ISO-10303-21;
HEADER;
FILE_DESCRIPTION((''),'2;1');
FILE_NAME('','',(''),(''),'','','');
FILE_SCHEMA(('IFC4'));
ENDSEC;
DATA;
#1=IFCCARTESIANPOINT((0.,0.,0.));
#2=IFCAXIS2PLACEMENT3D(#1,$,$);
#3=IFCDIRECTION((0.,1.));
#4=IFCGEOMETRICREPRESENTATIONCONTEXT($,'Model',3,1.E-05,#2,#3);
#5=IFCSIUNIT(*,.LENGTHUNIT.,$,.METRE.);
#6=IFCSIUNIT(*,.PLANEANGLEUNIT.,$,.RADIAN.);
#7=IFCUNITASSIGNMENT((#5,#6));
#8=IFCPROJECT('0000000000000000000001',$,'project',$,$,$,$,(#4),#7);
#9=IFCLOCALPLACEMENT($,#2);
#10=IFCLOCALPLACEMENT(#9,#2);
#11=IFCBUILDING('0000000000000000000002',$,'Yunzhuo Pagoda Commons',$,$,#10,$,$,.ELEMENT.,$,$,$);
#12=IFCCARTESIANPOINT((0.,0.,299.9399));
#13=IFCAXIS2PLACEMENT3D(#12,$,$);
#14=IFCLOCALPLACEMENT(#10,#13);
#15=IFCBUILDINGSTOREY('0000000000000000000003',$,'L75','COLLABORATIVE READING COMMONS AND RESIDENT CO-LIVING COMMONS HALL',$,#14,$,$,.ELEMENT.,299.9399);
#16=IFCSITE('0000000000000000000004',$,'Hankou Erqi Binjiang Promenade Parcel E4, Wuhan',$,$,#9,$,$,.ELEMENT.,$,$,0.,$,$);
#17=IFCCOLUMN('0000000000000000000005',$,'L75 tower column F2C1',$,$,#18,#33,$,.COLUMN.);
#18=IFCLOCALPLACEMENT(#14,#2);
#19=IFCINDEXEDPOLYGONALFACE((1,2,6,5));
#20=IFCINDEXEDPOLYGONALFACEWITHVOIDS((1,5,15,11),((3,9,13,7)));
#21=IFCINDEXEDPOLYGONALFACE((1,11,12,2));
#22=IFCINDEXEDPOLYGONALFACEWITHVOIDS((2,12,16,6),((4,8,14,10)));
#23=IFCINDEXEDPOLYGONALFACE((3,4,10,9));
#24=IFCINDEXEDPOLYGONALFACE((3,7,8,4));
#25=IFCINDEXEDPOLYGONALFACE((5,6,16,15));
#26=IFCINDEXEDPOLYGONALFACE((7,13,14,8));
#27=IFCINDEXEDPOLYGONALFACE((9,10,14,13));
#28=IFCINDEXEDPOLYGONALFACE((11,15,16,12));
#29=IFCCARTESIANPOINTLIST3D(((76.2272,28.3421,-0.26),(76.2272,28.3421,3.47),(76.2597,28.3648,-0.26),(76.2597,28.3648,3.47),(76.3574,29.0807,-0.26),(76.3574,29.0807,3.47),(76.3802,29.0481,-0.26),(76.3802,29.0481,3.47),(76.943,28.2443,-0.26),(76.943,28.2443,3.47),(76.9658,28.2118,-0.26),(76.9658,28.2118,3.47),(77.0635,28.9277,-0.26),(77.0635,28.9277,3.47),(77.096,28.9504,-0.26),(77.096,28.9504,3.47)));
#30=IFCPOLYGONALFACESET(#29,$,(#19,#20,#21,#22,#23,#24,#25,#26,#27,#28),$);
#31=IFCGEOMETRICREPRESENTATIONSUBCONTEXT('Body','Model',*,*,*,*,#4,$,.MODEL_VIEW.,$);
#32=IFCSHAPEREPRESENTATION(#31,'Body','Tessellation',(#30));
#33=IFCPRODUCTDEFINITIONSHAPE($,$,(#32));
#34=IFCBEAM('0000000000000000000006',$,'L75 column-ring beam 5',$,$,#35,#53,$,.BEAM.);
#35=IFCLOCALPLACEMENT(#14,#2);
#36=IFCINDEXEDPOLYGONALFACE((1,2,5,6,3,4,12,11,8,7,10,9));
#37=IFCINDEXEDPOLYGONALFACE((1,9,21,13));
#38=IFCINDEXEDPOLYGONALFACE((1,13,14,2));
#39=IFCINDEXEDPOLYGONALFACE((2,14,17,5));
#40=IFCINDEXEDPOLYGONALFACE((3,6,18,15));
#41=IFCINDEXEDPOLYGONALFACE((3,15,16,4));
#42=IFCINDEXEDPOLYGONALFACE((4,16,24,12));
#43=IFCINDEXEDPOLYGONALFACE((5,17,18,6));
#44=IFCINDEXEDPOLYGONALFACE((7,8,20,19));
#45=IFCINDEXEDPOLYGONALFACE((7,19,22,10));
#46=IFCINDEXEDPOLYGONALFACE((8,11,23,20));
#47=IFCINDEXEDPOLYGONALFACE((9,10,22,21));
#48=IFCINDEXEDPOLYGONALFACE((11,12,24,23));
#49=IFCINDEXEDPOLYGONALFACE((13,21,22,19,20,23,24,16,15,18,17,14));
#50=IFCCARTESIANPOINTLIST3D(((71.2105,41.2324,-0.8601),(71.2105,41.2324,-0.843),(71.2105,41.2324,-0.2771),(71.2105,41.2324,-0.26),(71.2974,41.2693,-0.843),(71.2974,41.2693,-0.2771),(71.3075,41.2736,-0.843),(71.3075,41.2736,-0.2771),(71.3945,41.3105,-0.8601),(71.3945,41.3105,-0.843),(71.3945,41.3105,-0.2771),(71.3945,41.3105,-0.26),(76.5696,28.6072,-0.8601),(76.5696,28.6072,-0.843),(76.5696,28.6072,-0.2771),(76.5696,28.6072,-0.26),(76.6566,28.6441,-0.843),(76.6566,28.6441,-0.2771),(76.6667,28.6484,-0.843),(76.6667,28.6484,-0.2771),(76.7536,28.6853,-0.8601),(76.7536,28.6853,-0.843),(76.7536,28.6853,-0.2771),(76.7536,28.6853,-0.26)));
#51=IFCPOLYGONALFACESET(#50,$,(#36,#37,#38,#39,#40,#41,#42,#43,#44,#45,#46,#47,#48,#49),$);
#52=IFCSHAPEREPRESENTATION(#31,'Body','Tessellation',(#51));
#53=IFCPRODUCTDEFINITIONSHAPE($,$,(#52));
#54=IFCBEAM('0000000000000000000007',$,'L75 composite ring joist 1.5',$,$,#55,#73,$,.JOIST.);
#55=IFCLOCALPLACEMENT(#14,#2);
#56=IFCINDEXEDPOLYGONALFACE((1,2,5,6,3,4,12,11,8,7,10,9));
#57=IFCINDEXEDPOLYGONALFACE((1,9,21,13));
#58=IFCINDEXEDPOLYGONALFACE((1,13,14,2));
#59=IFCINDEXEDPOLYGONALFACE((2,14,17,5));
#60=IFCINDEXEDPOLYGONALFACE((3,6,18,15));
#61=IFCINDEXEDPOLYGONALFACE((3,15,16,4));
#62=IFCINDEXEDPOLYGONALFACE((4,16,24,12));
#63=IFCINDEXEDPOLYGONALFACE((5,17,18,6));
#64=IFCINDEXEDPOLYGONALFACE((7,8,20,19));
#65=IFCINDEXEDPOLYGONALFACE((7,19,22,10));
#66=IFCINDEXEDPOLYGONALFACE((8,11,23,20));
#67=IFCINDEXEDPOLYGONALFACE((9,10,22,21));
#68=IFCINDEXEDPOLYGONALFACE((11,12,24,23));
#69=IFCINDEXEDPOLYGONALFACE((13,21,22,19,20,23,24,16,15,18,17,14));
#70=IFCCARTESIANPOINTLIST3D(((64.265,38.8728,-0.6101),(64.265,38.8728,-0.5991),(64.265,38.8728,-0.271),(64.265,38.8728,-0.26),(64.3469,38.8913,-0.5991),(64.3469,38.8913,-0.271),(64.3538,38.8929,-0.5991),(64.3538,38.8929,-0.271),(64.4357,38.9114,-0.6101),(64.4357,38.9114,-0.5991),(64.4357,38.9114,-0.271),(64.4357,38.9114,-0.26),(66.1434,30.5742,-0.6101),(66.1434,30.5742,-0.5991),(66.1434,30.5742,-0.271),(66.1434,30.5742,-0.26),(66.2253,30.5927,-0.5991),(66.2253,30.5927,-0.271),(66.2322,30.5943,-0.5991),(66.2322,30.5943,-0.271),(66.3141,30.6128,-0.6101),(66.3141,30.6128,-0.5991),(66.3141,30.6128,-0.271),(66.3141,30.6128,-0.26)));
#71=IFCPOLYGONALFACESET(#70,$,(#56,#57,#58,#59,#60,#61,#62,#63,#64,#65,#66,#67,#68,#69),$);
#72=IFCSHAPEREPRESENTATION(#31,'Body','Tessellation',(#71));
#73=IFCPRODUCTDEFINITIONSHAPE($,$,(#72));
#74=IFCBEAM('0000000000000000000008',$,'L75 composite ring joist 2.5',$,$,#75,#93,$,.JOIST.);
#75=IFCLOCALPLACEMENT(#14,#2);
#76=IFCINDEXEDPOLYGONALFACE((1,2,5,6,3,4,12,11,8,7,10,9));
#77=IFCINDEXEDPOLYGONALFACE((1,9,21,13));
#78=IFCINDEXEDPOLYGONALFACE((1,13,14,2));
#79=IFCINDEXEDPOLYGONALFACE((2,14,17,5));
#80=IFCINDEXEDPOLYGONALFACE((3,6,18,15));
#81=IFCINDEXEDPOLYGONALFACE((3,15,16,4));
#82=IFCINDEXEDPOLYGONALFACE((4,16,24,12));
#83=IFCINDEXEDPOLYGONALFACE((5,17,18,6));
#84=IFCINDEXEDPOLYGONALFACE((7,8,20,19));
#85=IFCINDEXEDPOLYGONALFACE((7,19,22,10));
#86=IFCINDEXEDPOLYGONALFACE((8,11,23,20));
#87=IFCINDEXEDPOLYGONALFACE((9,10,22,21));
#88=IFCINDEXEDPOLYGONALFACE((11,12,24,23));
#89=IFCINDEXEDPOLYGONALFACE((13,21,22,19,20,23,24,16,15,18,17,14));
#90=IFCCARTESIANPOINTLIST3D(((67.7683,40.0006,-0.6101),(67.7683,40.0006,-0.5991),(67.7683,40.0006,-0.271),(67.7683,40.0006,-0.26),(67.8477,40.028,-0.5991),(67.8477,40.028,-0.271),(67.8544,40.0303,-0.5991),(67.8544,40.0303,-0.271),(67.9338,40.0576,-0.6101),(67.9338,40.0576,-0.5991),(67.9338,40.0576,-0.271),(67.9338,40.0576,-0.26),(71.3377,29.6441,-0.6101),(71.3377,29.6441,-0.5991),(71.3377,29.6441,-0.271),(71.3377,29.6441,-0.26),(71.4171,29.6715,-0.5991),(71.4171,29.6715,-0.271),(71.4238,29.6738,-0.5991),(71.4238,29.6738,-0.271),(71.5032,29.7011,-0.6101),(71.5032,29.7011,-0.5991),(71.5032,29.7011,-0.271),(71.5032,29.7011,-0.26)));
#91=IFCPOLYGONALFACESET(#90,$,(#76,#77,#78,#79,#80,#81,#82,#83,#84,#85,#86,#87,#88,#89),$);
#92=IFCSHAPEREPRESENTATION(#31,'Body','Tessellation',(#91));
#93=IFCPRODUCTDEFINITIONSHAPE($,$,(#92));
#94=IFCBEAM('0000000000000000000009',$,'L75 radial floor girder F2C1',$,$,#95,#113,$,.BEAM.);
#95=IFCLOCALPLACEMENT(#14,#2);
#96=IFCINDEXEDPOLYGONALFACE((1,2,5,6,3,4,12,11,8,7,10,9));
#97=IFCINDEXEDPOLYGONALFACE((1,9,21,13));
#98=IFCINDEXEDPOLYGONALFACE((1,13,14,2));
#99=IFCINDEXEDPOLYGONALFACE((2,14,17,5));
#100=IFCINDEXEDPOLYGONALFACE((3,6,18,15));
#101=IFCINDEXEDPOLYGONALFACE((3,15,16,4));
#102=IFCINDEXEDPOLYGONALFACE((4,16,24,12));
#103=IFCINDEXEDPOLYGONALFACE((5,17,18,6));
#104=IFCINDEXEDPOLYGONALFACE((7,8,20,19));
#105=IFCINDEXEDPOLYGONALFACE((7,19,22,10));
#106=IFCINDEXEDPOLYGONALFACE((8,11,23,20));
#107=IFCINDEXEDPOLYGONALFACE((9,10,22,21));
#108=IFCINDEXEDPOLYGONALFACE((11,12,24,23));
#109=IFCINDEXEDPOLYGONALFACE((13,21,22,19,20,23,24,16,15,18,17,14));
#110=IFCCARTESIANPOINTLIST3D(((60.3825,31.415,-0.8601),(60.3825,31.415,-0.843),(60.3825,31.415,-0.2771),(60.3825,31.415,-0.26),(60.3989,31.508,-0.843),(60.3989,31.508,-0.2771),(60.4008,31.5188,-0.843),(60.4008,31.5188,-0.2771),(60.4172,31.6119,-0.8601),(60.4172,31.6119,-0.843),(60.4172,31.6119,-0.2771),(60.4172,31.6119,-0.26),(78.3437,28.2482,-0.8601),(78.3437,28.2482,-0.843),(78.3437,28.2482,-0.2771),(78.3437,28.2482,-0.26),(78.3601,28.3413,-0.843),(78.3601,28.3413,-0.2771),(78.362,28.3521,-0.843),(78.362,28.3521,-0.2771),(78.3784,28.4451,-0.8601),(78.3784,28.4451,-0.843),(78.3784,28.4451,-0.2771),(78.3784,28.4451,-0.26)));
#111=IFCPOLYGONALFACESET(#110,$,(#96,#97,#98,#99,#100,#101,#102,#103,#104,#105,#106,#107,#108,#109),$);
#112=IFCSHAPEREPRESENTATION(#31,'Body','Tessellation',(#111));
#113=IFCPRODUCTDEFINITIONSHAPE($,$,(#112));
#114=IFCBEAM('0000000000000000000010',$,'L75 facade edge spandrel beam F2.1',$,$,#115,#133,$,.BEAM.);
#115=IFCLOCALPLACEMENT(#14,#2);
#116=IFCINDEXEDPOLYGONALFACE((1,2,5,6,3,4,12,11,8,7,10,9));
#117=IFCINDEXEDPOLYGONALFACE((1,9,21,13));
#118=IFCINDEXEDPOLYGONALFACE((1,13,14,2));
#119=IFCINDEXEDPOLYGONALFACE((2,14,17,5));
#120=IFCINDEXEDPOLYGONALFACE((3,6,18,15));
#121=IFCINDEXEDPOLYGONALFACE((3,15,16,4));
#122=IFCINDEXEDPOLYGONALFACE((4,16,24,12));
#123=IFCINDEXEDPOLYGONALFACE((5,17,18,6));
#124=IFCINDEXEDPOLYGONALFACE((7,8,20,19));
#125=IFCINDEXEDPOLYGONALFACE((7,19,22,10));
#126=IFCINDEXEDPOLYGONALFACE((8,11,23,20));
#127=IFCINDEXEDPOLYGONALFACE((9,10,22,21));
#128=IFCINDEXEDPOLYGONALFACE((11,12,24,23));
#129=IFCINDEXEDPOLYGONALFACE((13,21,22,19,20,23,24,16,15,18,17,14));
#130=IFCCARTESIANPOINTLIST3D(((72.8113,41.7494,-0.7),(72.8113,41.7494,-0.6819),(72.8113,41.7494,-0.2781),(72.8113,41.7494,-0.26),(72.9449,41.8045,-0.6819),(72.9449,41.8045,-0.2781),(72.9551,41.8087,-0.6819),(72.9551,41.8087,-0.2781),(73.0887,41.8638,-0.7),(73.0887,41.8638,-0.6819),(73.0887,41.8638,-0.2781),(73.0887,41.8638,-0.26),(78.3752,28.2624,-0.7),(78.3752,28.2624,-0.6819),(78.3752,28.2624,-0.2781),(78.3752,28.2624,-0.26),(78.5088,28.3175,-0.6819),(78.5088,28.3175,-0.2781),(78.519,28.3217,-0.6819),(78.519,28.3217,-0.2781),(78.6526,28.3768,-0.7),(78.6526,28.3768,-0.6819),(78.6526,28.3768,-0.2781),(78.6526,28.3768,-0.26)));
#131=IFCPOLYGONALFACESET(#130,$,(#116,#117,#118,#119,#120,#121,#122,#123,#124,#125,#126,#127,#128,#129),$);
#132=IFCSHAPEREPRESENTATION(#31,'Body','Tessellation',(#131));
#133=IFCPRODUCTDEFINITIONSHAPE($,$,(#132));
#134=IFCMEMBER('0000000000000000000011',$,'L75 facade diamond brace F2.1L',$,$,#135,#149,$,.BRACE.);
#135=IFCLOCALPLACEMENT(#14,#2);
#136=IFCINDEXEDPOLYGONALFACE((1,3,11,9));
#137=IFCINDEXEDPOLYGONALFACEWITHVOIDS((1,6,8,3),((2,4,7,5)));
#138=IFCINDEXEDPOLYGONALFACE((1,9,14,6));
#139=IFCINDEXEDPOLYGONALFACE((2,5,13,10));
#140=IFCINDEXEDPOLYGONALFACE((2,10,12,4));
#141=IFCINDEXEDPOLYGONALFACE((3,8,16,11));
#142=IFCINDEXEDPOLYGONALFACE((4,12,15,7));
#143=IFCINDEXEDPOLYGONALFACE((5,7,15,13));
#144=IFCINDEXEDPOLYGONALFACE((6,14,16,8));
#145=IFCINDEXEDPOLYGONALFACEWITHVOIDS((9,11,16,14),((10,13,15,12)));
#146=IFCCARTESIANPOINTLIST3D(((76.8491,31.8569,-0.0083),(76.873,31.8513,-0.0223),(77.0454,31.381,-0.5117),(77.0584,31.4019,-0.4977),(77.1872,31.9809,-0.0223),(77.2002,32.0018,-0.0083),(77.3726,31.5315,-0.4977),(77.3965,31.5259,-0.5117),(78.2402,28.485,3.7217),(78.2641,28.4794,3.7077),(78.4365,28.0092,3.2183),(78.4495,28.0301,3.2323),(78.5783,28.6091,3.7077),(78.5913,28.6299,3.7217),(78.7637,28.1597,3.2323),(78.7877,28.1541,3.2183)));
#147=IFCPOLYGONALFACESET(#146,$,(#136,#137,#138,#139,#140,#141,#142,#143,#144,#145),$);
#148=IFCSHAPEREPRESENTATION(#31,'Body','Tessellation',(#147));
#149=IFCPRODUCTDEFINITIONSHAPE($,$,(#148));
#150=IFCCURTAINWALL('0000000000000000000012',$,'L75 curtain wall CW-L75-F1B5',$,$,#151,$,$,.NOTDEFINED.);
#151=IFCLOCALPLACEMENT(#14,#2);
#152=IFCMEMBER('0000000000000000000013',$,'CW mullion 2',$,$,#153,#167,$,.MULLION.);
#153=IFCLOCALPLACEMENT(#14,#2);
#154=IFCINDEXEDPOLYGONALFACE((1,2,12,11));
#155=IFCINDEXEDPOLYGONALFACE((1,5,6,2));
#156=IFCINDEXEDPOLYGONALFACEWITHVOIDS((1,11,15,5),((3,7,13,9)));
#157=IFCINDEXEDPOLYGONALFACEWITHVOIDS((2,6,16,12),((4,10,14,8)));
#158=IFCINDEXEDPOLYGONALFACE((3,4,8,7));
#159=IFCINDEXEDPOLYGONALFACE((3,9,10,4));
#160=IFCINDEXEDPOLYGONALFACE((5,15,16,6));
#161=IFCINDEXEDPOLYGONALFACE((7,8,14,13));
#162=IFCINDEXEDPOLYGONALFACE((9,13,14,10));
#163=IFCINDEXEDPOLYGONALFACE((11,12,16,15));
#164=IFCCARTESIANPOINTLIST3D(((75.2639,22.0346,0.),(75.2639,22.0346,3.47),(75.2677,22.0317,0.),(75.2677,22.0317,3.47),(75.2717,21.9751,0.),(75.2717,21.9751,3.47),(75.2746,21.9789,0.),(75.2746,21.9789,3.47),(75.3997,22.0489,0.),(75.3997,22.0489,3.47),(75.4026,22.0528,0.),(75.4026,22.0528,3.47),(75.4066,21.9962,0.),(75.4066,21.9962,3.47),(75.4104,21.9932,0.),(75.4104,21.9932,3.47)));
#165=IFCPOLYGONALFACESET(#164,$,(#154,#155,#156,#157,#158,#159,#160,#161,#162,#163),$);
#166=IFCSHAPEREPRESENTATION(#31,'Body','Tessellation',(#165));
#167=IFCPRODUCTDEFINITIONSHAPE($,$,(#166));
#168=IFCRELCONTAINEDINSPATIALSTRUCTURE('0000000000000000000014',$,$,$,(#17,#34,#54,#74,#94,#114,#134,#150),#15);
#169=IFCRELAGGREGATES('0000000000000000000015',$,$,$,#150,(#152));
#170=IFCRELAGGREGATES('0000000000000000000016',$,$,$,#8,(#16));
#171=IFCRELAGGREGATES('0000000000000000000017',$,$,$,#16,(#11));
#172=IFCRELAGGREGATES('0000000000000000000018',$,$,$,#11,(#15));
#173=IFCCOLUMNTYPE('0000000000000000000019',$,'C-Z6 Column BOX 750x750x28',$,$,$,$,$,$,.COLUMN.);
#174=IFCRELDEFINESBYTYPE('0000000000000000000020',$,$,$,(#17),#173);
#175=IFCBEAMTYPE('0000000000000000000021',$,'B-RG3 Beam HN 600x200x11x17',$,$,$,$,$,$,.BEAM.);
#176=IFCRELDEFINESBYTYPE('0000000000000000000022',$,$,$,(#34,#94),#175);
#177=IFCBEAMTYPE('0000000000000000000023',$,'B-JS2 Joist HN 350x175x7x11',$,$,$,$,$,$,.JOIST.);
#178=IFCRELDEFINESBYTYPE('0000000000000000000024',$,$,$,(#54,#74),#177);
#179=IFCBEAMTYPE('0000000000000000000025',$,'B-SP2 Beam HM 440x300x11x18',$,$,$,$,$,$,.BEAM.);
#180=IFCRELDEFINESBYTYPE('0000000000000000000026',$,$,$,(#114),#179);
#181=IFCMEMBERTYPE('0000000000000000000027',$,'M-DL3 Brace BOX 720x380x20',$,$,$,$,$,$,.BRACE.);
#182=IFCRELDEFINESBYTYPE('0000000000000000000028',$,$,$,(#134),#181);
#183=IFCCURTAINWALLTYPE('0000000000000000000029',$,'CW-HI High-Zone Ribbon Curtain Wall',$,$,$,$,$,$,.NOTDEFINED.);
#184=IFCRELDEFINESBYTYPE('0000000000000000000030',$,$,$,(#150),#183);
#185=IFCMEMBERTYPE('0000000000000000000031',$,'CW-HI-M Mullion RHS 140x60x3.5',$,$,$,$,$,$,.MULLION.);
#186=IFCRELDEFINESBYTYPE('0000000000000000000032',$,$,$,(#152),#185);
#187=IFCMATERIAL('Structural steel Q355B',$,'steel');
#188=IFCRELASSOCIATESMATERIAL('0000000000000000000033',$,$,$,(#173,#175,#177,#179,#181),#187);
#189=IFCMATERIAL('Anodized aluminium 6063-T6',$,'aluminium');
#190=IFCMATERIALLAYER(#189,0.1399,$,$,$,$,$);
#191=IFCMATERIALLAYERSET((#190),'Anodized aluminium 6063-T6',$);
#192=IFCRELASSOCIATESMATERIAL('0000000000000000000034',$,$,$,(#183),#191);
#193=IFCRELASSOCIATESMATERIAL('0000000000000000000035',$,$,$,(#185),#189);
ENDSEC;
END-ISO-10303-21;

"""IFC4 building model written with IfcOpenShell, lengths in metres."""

from ifc_helpers import new_model, si_unit, direction, frame, origin, origin_2d, place, context, subcontext, project, spatial, hollow_rectangle, i_section, extrude, source, transform, mapped, material, layer, layer_set, material_profile, profile_set, type_object, element, aggregate, save


model = new_model("IFC4")

# Units and contexts
model_context = context("Model", 3, precision=1e-05, world=origin(), true_north=direction((0.0, 1.0)))
body_context = subcontext(model_context, "Body", "Model", "MODEL_VIEW")
ifc_project = project(units=[si_unit("LENGTHUNIT", "METRE"), si_unit("PLANEANGLEUNIT", "RADIAN")], contexts=[model_context])

# Site, building, storey
site_placement = place(None, origin())
site = spatial("IfcSite", under=ifc_project, at=site_placement, Name="Hankou Erqi Binjiang Promenade Parcel E4, Wuhan", CompositionType="ELEMENT", RefElevation=0.0)
building_placement = place(site_placement, origin())
building = spatial("IfcBuilding", under=site, at=building_placement, Name="Yunzhuo Pagoda Commons", CompositionType="ELEMENT")
storey_placement = place(building_placement, frame((0.0, 0.0, 299.9399)))
storey = spatial("IfcBuildingStorey", under=building, at=storey_placement, Name="L75", Description="COLLABORATIVE READING COMMONS AND RESIDENT CO-LIVING COMMONS HALL", CompositionType="ELEMENT", Elevation=299.9399)

# Column
ifc_material_1 = material(Name="Structural steel Q355B", Category="steel")
ifc_material_profile_1 = material_profile(ifc_material_1, hollow_rectangle(XDim=0.75, YDim=0.75, WallThickness=0.0281, at=origin_2d()), Name="Structural steel Q355B")
ifc_profile_set_1 = profile_set([ifc_material_profile_1], Name="Structural steel Q355B")
column_type = type_object("IfcColumnType", Name="C-Z6 Column BOX 750x750x28", PredefinedType="COLUMN", material=ifc_profile_set_1)
shared_shape_1 = source(origin(), body_context, "Body", "SweptSolid", [
    extrude(hollow_rectangle(XDim=0.75, YDim=0.75, WallThickness=0.0281, at=origin_2d()), origin(), (0.0, 0.0, 1.0), 3.73),
])
column_placement = place(storey_placement, frame((76.6616, 28.6462, -0.26), z_axis=(0.0, 0.0, 1.0), x_axis=(0.173648, 0.984808, 0.0)))
element("IfcColumn", 1, at=column_placement, inside=storey, type_object=column_type, Name="L75 tower column F2C1", PredefinedType="COLUMN", context=body_context, shape_type="MappedRepresentation", body=[
    mapped(shared_shape_1, transform((0.0, 0.0, 0.0), scale=1.0)),
])

# Beams
ifc_material_profile_2 = material_profile(ifc_material_1, i_section(OverallWidth=0.2, OverallDepth=0.6001, WebThickness=0.011, FlangeThickness=0.0171, at=origin_2d()), Name="Structural steel Q355B")
ifc_profile_set_2 = profile_set([ifc_material_profile_2], Name="Structural steel Q355B")
beam_type_1 = type_object("IfcBeamType", Name="B-RG3 Beam HN 600x200x11x17", PredefinedType="BEAM", material=ifc_profile_set_2)
shared_shape_2 = source(origin(), body_context, "Body", "SweptSolid", [
    extrude(i_section(OverallWidth=0.2, OverallDepth=0.6001, WebThickness=0.011, FlangeThickness=0.0171, at=origin_2d()), origin(), (0.0, 0.0, 1.0), 13.7156),
])
beam_1_placement = place(storey_placement, frame((76.6616, 28.6462, -0.5601), z_axis=(-0.390733, 0.920504, 0.0), x_axis=(-0.920504, -0.390733, 0.0)))
element("IfcBeam", 2, at=beam_1_placement, inside=storey, type_object=beam_type_1, Name="L75 column-ring beam 5", PredefinedType="BEAM", context=body_context, shape_type="MappedRepresentation", body=[
    mapped(shared_shape_2, transform((0.0, 0.0, 0.0), scale=1.0)),
])
ifc_material_profile_3 = material_profile(ifc_material_1, i_section(OverallWidth=0.175, OverallDepth=0.3501, WebThickness=0.0071, FlangeThickness=0.011, at=origin_2d()), Name="Structural steel Q355B")
ifc_profile_set_3 = profile_set([ifc_material_profile_3], Name="Structural steel Q355B")
beam_type_2 = type_object("IfcBeamType", Name="B-JS2 Joist HN 350x175x7x11", PredefinedType="JOIST", material=ifc_profile_set_3)
shared_shape_3 = source(origin(), body_context, "Body", "SweptSolid", [
    extrude(i_section(OverallWidth=0.175, OverallDepth=0.3501, WebThickness=0.0071, FlangeThickness=0.011, at=origin_2d()), origin(), (0.0, 0.0, 1.0), 8.5085),
])
beam_2_placement = place(storey_placement, frame((66.2288, 30.5935, -0.4351), z_axis=(-0.220769, 0.975326, 0.0), x_axis=(-0.975326, -0.220769, 0.0)))
element("IfcBeam", 3, at=beam_2_placement, inside=storey, type_object=beam_type_2, Name="L75 composite ring joist 1.5", PredefinedType="JOIST", context=body_context, shape_type="MappedRepresentation", body=[
    mapped(shared_shape_3, transform((0.0, 0.0, 0.0), scale=1.0)),
])
shared_shape_4 = source(origin(), body_context, "Body", "SweptSolid", [
    extrude(i_section(OverallWidth=0.175, OverallDepth=0.3501, WebThickness=0.0071, FlangeThickness=0.011, at=origin_2d()), origin(), (0.0, 0.0, 1.0), 10.9543),
])
beam_3_placement = place(storey_placement, frame((71.4204, 29.6726, -0.4351), z_axis=(-0.32584, 0.945425, 0.0), x_axis=(-0.945425, -0.32584, 0.0)))
element("IfcBeam", 4, at=beam_3_placement, inside=storey, type_object=beam_type_2, Name="L75 composite ring joist 2.5", PredefinedType="JOIST", context=body_context, shape_type="MappedRepresentation", body=[
    mapped(shared_shape_4, transform((0.0, 0.0, 0.0), scale=1.0)),
])
shared_shape_5 = source(origin(), body_context, "Body", "SweptSolid", [
    extrude(i_section(OverallWidth=0.2, OverallDepth=0.6001, WebThickness=0.011, FlangeThickness=0.0171, at=origin_2d()), origin(), (0.0, 0.0, 1.0), 18.2383),
])
beam_4_placement = place(storey_placement, frame((78.3611, 28.3467, -0.5601), z_axis=(-0.98481, 0.173633, 0.0), x_axis=(-0.173633, -0.98481, 0.0)))
element("IfcBeam", 5, at=beam_4_placement, inside=storey, type_object=beam_type_1, Name="L75 radial floor girder F2C1", PredefinedType="BEAM", context=body_context, shape_type="MappedRepresentation", body=[
    mapped(shared_shape_5, transform((0.0, 0.0, 0.0), scale=1.0)),
])
ifc_material_profile_4 = material_profile(ifc_material_1, i_section(OverallWidth=0.3, OverallDepth=0.4399, WebThickness=0.011, FlangeThickness=0.0181, at=origin_2d()), Name="Structural steel Q355B")
ifc_profile_set_4 = profile_set([ifc_material_profile_4], Name="Structural steel Q355B")
beam_type_3 = type_object("IfcBeamType", Name="B-SP2 Beam HM 440x300x11x18", PredefinedType="BEAM", material=ifc_profile_set_4)
shared_shape_6 = source(origin(), body_context, "Body", "SweptSolid", [
    extrude(i_section(OverallWidth=0.3, OverallDepth=0.4399, WebThickness=0.011, FlangeThickness=0.0181, at=origin_2d()), origin(), (0.0, 0.0, 1.0), 14.5896),
])
beam_5_placement = place(storey_placement, frame((78.5139, 28.3196, -0.48), z_axis=(-0.381363, 0.924425, 0.0), x_axis=(-0.924425, -0.381363, 0.0)))
element("IfcBeam", 6, at=beam_5_placement, inside=storey, type_object=beam_type_3, Name="L75 facade edge spandrel beam F2.1", PredefinedType="BEAM", context=body_context, shape_type="MappedRepresentation", body=[
    mapped(shared_shape_6, transform((0.0, 0.0, 0.0), scale=1.0)),
])

# Member
ifc_material_profile_5 = material_profile(ifc_material_1, hollow_rectangle(XDim=0.3799, YDim=0.72, WallThickness=0.02, at=origin_2d()), Name="Structural steel Q355B")
ifc_profile_set_5 = profile_set([ifc_material_profile_5], Name="Structural steel Q355B")
member_type_1 = type_object("IfcMemberType", Name="M-DL3 Brace BOX 720x380x20", PredefinedType="BRACE", material=ifc_profile_set_5)
shared_shape_7 = source(origin(), body_context, "Body", "SweptSolid", [
    extrude(hollow_rectangle(XDim=0.3799, YDim=0.72, WallThickness=0.02, at=origin_2d()), origin(), (0.0, 0.0, 1.0), 5.217),
])
member_1_placement = place(storey_placement, frame((77.1228, 31.6914, -0.26), z_axis=(0.26665, -0.646314, 0.714966), x_axis=(0.924416, 0.381386, 0.0)))
element("IfcMember", 7, at=member_1_placement, inside=storey, type_object=member_type_1, Name="L75 facade diamond brace F2.1L", PredefinedType="BRACE", context=body_context, shape_type="MappedRepresentation", body=[
    mapped(shared_shape_7, transform((0.0, 0.0, 0.0), scale=1.0)),
])

# Curtain wall, member
ifc_material_2 = material(Name="Anodized aluminium 6063-T6", Category="aluminium")
ifc_layer_1 = layer(ifc_material_2, 0.1399)
ifc_layer_set_1 = layer_set([ifc_layer_1], Name="Anodized aluminium 6063-T6")
curtain_wall_type = type_object("IfcCurtainWallType", Name="CW-HI High-Zone Ribbon Curtain Wall", PredefinedType="NOTDEFINED", material=ifc_layer_set_1)
curtain_wall_1_placement = place(storey_placement, origin())
curtain_wall_1 = element("IfcCurtainWall", 8, at=curtain_wall_1_placement, inside=storey, type_object=curtain_wall_type, Name="L75 curtain wall CW-L75-F1B5", PredefinedType="NOTDEFINED")
ifc_material_profile_6 = material_profile(ifc_material_2, hollow_rectangle(XDim=0.0601, YDim=0.1399, WallThickness=0.0034, at=origin_2d()), Name="Anodized aluminium 6063-T6")
ifc_profile_set_6 = profile_set([ifc_material_profile_6], Name="Anodized aluminium 6063-T6")
member_type_2 = type_object("IfcMemberType", Name="CW-HI-M Mullion RHS 140x60x3.5", PredefinedType="MULLION", material=ifc_profile_set_6)
shared_shape_8 = source(origin(), body_context, "Body", "SweptSolid", [
    extrude(hollow_rectangle(XDim=0.0601, YDim=0.1399, WallThickness=0.0034, at=origin_2d()), origin(), (0.0, 0.0, 1.0), 3.47),
])
member_2_placement = place(storey_placement, frame((75.3372, 22.0139, 0.0), z_axis=(0.0, 0.0, 1.0), x_axis=(-0.129855, 0.991533, 0.0)))
member_2 = element("IfcMember", 9, at=member_2_placement, type_object=member_type_2, Name="CW mullion 2", PredefinedType="MULLION", context=body_context, shape_type="MappedRepresentation", body=[
    mapped(shared_shape_8, transform((0.0, 0.0, 0.0), scale=1.0)),
])

aggregate(curtain_wall_1, [member_2])

save(model, "model.ifc")
